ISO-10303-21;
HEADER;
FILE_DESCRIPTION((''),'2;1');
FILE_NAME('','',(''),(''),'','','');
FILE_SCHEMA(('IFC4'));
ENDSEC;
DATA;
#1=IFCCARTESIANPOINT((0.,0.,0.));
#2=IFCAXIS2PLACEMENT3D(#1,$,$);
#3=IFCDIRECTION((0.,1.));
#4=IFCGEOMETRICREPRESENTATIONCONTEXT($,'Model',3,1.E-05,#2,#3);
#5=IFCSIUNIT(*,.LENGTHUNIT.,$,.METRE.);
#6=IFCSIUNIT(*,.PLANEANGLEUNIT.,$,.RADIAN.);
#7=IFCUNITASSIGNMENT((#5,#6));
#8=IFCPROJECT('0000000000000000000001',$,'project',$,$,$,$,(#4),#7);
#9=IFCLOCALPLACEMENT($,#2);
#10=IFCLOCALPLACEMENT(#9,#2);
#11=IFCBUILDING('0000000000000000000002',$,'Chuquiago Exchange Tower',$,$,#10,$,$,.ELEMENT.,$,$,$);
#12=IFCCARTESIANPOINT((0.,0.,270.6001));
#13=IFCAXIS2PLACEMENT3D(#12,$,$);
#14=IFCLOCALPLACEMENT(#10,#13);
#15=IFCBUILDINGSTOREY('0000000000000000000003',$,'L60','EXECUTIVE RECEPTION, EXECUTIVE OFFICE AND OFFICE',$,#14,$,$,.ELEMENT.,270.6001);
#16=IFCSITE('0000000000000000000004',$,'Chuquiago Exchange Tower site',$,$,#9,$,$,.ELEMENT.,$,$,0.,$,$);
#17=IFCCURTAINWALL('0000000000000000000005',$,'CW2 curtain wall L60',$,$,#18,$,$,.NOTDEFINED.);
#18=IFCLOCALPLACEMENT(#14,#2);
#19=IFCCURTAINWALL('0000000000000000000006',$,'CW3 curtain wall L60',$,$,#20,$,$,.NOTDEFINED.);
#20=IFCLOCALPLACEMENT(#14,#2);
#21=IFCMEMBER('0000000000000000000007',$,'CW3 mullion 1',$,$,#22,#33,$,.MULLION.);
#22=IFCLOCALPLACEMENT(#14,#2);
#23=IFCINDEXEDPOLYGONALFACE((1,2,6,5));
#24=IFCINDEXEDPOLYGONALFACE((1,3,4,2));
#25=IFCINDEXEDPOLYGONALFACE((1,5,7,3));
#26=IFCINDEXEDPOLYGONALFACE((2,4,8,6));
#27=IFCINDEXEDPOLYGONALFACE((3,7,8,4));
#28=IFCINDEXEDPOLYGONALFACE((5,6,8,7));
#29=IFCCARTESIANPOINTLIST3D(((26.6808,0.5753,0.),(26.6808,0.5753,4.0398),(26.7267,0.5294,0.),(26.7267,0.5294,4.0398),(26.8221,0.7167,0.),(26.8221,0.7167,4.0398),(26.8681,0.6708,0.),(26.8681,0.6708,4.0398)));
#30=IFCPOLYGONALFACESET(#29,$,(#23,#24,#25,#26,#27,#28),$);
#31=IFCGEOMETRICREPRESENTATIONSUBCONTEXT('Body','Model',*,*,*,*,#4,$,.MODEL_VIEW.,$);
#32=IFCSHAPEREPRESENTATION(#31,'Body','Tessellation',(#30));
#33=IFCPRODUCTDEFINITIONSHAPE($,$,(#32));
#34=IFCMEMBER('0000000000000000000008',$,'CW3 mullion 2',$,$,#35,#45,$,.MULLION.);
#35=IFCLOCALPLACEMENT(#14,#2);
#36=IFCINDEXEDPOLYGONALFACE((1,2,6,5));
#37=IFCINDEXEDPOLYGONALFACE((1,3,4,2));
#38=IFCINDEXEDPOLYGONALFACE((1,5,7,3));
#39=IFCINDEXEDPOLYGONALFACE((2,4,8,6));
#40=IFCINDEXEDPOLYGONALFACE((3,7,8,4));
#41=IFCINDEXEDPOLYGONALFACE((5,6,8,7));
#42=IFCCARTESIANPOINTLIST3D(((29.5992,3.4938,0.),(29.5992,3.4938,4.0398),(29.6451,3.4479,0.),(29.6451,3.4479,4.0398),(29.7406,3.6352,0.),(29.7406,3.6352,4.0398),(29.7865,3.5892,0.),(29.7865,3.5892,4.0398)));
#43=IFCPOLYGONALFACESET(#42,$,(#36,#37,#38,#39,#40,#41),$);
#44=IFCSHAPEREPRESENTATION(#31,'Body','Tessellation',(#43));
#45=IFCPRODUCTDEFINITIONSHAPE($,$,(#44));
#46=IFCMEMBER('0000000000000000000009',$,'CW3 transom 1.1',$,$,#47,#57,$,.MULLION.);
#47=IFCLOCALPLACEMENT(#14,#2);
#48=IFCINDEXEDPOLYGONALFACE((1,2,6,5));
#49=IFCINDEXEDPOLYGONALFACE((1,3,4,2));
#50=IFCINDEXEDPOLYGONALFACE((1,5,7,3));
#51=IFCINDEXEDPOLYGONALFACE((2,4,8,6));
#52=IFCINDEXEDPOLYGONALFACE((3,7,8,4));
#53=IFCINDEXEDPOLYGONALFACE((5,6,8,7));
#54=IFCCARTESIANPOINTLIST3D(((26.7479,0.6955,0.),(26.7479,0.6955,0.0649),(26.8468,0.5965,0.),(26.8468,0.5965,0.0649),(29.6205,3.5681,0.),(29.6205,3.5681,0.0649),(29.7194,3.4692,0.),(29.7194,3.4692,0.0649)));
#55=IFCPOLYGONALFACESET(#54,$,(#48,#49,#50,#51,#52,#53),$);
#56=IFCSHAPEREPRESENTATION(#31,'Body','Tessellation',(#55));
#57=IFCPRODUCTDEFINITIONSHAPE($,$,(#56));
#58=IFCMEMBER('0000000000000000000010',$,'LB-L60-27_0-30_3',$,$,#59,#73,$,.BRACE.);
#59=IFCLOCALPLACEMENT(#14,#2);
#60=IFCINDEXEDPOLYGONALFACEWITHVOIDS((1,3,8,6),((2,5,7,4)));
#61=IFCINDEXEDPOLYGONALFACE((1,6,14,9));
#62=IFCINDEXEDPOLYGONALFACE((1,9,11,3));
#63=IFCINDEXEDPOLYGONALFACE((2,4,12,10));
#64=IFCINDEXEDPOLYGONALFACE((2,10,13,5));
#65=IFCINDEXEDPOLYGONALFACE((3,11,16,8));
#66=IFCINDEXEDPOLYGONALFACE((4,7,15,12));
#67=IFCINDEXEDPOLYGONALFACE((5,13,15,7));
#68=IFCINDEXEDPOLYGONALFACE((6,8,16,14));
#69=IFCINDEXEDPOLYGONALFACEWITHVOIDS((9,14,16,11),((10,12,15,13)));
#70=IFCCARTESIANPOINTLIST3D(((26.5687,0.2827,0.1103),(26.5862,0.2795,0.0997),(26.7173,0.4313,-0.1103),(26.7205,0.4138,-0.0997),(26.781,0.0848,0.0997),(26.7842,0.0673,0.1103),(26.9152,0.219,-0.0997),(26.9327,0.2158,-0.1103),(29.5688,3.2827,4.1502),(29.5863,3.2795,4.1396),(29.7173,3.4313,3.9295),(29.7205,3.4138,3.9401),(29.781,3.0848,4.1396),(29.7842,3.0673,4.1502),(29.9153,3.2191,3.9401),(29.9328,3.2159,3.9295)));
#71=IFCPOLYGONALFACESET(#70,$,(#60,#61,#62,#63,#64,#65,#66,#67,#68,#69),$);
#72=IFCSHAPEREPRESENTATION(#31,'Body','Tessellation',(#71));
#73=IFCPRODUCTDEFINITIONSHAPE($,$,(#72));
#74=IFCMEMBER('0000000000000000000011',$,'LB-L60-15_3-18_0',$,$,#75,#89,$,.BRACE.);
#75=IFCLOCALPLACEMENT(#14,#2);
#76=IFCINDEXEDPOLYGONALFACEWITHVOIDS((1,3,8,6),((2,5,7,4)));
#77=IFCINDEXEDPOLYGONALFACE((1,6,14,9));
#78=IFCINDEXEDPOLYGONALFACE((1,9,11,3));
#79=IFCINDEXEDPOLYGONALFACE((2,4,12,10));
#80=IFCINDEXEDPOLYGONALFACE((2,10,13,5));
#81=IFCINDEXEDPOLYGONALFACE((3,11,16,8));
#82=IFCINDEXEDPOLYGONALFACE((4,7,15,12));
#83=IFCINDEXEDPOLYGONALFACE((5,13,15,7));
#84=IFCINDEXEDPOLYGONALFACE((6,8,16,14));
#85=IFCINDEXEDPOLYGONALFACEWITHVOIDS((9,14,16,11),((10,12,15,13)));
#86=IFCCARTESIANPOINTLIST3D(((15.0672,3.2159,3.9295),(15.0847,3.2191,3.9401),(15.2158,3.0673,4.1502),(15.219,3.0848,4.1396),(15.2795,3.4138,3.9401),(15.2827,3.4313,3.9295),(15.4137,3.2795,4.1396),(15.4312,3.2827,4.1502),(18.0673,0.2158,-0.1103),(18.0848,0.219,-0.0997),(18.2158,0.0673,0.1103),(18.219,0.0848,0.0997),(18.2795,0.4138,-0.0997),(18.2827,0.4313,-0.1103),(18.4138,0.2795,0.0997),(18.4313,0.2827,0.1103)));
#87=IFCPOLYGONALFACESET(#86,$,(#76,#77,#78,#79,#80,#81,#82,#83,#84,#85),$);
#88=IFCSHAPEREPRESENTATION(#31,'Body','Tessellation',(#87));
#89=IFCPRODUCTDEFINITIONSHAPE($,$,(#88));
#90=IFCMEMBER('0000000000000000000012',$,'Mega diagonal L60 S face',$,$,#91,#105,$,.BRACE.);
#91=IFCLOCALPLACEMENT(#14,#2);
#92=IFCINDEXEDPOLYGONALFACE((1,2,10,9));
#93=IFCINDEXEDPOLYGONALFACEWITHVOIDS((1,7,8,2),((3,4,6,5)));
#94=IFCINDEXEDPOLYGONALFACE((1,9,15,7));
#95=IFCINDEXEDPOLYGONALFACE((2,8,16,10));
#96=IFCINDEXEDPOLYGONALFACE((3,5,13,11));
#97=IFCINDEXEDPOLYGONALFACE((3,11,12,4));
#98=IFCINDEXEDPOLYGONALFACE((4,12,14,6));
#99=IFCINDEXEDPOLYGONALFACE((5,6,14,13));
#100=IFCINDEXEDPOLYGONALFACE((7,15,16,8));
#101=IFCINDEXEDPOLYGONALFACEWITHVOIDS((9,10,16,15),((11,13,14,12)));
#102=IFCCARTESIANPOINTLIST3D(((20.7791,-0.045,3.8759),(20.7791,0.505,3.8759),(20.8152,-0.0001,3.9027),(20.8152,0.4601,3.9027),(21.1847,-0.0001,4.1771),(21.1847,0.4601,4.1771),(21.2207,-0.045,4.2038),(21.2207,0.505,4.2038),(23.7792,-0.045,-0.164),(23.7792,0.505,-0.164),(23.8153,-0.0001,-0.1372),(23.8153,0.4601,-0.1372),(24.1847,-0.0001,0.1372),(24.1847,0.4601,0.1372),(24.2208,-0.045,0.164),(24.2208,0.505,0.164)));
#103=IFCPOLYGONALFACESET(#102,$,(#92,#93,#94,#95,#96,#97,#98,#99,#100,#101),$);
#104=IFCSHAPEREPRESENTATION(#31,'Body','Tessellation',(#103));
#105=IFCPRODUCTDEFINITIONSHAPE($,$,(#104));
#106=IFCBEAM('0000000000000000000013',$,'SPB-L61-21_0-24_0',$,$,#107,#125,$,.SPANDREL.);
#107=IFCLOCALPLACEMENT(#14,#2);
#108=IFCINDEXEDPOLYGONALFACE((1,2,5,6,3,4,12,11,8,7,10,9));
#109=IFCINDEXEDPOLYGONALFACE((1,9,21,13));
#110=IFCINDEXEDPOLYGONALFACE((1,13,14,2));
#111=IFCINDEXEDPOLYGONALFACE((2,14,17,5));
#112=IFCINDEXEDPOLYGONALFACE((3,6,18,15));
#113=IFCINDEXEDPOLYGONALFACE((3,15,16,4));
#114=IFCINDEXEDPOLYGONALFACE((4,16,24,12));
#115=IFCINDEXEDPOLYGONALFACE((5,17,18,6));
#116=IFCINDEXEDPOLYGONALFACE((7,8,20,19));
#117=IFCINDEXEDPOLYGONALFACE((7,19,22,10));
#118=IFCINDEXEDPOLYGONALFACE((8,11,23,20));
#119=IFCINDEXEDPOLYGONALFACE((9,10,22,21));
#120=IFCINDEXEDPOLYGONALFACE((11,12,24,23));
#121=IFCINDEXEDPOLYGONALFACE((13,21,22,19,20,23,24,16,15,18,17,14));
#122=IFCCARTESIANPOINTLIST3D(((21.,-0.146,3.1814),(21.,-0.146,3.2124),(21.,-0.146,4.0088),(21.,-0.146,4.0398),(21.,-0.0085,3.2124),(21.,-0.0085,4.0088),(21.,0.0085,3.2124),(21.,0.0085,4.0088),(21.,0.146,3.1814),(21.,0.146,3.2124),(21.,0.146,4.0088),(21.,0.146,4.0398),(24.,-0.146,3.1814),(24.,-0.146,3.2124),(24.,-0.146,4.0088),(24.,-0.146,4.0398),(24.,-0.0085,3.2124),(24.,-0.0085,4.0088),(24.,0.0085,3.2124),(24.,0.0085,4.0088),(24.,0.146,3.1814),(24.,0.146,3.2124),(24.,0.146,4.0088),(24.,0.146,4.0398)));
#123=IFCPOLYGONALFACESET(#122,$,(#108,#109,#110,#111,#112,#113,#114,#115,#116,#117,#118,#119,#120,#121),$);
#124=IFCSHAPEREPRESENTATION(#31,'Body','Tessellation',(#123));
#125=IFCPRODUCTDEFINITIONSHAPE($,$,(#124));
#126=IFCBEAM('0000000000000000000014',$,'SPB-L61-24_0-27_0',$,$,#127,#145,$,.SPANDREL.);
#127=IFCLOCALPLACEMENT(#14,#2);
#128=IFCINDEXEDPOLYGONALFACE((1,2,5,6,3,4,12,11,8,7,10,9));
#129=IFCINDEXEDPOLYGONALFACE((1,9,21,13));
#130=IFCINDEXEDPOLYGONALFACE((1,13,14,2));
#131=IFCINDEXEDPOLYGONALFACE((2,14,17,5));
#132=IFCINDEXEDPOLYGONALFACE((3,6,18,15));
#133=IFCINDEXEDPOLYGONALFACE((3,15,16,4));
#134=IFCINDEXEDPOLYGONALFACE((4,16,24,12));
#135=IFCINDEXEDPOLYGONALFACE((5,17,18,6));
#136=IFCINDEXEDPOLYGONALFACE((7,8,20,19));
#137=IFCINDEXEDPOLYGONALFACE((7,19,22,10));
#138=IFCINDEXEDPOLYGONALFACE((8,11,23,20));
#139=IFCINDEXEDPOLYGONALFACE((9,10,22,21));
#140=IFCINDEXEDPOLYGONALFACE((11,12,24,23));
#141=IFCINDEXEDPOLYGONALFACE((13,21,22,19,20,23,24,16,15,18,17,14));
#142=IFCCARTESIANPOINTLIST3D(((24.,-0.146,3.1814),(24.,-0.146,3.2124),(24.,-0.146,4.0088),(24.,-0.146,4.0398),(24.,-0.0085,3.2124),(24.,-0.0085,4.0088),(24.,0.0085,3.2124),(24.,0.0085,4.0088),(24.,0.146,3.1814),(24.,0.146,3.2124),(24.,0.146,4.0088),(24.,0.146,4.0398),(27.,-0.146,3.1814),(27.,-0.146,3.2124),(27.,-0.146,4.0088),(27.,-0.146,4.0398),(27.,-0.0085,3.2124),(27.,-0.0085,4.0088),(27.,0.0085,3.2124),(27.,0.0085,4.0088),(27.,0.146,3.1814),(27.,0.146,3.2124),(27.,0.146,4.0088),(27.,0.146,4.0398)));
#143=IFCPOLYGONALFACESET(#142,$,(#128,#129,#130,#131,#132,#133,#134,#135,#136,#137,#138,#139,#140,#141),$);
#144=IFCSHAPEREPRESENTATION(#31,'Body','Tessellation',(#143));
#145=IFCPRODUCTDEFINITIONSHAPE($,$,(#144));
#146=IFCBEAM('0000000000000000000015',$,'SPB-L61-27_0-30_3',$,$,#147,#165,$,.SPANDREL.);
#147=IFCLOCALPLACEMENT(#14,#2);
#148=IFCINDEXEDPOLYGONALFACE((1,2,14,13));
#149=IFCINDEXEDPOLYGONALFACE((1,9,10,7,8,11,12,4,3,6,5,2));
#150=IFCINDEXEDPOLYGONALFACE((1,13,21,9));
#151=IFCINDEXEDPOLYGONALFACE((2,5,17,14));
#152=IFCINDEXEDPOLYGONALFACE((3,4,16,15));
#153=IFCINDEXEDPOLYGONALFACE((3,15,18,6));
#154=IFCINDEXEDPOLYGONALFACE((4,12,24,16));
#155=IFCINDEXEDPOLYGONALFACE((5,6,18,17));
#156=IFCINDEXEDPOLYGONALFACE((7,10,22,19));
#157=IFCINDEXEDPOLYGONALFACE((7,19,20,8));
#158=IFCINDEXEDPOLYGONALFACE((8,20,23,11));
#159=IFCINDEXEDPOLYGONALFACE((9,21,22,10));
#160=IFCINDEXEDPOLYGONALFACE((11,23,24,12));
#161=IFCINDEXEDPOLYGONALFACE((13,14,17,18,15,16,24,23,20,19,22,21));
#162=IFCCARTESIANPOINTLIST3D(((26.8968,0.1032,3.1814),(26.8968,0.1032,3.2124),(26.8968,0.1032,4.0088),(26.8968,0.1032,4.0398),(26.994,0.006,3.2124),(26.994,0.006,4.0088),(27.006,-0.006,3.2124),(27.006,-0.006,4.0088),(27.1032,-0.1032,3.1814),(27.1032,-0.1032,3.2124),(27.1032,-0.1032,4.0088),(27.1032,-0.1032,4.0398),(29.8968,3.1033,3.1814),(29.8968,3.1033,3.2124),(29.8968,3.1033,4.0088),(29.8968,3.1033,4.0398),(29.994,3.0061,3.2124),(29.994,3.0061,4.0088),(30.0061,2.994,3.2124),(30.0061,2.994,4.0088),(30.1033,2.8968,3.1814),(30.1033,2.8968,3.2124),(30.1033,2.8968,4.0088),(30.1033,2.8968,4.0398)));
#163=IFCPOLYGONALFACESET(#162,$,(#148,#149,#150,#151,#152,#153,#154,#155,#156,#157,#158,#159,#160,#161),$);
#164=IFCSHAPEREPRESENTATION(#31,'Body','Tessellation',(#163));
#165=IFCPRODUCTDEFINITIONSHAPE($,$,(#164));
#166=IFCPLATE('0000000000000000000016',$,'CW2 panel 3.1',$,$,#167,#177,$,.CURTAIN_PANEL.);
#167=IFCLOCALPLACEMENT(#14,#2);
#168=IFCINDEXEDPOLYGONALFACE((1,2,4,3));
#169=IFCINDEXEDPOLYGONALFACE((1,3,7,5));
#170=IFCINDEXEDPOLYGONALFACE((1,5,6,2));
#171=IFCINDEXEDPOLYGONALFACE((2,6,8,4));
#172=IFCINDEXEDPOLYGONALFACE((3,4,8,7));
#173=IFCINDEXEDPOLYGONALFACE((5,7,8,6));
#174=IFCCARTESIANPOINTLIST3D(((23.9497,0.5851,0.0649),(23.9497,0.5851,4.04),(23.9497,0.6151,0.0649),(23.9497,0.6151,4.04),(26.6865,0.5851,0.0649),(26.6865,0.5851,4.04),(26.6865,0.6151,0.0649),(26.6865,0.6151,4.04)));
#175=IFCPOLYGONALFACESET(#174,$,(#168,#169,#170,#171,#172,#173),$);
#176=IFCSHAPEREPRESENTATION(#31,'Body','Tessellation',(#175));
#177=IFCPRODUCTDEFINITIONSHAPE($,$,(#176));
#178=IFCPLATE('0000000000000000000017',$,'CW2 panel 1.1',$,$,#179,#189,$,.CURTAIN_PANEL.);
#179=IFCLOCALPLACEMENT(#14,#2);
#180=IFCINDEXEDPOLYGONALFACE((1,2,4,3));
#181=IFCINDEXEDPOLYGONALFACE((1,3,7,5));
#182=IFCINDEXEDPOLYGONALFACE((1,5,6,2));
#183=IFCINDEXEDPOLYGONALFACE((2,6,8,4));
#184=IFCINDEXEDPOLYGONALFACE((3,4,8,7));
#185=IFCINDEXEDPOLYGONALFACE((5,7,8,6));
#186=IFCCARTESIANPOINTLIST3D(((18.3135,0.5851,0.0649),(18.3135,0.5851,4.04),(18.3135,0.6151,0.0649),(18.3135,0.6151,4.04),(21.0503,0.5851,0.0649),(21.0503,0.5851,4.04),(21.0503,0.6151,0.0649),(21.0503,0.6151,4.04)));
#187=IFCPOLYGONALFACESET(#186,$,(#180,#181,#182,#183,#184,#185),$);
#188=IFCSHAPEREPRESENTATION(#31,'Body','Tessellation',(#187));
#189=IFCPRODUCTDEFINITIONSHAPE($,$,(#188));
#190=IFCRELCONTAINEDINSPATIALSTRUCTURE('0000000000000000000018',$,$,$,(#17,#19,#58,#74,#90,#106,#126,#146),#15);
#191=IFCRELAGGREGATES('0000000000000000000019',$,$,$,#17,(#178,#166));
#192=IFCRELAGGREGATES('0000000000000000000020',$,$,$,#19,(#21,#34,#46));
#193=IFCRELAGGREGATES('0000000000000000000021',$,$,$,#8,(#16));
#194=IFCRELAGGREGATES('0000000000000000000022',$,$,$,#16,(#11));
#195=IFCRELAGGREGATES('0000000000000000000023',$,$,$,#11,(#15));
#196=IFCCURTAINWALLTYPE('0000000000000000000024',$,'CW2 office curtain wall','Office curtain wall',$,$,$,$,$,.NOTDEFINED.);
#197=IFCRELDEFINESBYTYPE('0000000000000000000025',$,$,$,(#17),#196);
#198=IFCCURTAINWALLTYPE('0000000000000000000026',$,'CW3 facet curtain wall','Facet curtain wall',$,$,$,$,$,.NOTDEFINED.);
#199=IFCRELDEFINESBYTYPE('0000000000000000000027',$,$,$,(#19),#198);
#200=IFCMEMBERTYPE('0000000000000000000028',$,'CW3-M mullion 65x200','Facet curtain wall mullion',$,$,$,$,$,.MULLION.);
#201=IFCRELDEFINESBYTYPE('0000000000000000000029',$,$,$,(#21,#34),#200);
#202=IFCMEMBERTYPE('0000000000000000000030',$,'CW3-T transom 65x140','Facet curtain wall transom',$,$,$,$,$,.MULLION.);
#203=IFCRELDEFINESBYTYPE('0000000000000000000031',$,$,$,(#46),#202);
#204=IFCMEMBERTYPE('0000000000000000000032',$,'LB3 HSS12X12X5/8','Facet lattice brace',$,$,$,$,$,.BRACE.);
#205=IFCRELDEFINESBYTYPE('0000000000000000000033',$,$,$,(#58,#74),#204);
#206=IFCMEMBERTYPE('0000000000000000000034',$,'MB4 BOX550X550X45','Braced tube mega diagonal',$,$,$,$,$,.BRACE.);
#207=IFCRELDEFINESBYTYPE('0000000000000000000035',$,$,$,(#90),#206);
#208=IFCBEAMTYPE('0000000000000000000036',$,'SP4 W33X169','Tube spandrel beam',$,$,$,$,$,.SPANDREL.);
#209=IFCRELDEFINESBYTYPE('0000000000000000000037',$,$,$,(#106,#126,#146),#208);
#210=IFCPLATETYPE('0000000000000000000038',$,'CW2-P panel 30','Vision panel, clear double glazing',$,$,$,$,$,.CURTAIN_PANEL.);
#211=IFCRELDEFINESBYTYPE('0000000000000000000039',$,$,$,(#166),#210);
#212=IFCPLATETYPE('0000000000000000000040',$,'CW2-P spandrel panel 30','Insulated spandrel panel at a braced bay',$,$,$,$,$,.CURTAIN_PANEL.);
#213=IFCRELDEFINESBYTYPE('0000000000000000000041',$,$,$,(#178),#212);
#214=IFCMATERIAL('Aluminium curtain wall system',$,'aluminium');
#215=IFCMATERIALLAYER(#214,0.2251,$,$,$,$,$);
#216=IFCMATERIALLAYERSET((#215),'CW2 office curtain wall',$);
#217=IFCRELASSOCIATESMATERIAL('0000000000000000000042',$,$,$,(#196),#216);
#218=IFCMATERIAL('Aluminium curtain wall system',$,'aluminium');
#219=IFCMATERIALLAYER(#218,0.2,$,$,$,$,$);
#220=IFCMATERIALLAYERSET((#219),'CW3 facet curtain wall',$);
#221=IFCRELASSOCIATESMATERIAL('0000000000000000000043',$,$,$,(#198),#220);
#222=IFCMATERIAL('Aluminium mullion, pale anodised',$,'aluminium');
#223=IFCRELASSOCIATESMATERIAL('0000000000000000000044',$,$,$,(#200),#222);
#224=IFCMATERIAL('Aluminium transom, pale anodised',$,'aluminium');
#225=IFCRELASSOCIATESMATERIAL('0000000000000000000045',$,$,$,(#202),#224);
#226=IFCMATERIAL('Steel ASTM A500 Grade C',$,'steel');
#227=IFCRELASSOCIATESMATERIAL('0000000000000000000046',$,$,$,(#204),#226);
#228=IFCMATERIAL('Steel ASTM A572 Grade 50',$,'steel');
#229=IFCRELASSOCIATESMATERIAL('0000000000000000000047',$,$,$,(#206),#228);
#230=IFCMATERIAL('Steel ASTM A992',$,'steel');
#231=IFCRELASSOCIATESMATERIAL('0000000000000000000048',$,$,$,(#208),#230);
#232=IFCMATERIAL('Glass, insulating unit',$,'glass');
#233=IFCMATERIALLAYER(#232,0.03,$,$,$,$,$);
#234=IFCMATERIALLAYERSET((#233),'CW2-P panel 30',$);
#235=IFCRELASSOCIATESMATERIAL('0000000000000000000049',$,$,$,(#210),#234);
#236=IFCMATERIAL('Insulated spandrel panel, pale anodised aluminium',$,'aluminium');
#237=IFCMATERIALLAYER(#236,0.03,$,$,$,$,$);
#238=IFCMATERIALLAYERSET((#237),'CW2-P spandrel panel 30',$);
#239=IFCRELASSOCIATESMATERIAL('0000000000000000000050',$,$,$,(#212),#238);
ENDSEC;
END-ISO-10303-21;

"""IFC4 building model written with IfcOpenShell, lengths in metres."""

from ifc_helpers import new_model, si_unit, direction, frame, origin, origin_2d, place, context, subcontext, project, spatial, rectangle, hollow_rectangle, i_section, extrude, material, layer, layer_set, material_profile, profile_set, type_object, element, aggregate, save


model = new_model("IFC4")

# Units and contexts
model_context = context("Model", 3, precision=1e-05, world=origin(), true_north=direction((0.0, 1.0)))
body_context = subcontext(model_context, "Body", "Model", "MODEL_VIEW")
ifc_project = project(units=[si_unit("LENGTHUNIT", "METRE"), si_unit("PLANEANGLEUNIT", "RADIAN")], contexts=[model_context])

# Site, building, storey
site_placement = place(None, origin())
site = spatial("IfcSite", under=ifc_project, at=site_placement, Name="Chuquiago Exchange Tower site", CompositionType="ELEMENT", RefElevation=0.0)
building_placement = place(site_placement, origin())
building = spatial("IfcBuilding", under=site, at=building_placement, Name="Chuquiago Exchange Tower", CompositionType="ELEMENT")
storey_placement = place(building_placement, frame((0.0, 0.0, 270.6001)))
storey = spatial("IfcBuildingStorey", under=building, at=storey_placement, Name="L60", Description="EXECUTIVE RECEPTION, EXECUTIVE OFFICE AND OFFICE", CompositionType="ELEMENT", Elevation=270.6001)

# Curtain walls, members
ifc_material_1 = material(Name="Aluminium curtain wall system", Category="aluminium")
ifc_layer_1 = layer(ifc_material_1, 0.2251)
ifc_layer_set_1 = layer_set([ifc_layer_1], Name="CW2 office curtain wall")
curtain_wall_type_1 = type_object("IfcCurtainWallType", Name="CW2 office curtain wall", Description="Office curtain wall", PredefinedType="NOTDEFINED", material=ifc_layer_set_1)
curtain_wall_1_placement = place(storey_placement, origin())
curtain_wall_1 = element("IfcCurtainWall", 1, at=curtain_wall_1_placement, inside=storey, type_object=curtain_wall_type_1, Name="CW2 curtain wall L60", PredefinedType="NOTDEFINED")
ifc_material_2 = material(Name="Aluminium curtain wall system", Category="aluminium")
ifc_layer_2 = layer(ifc_material_2, 0.2)
ifc_layer_set_2 = layer_set([ifc_layer_2], Name="CW3 facet curtain wall")
curtain_wall_type_2 = type_object("IfcCurtainWallType", Name="CW3 facet curtain wall", Description="Facet curtain wall", PredefinedType="NOTDEFINED", material=ifc_layer_set_2)
curtain_wall_2_placement = place(storey_placement, origin())
curtain_wall_2 = element("IfcCurtainWall", 2, at=curtain_wall_2_placement, inside=storey, type_object=curtain_wall_type_2, Name="CW3 curtain wall L60", PredefinedType="NOTDEFINED")
ifc_material_3 = material(Name="Aluminium mullion, pale anodised", Category="aluminium")
ifc_material_profile_1 = material_profile(ifc_material_3, rectangle(XDim=0.0649, YDim=0.2, at=origin_2d()), Name="AL 65x200")
ifc_profile_set_1 = profile_set([ifc_material_profile_1], Name="Aluminium mullion, pale anodised")
member_type_1 = type_object("IfcMemberType", Name="CW3-M mullion 65x200", Description="Facet curtain wall mullion", PredefinedType="MULLION", material=ifc_profile_set_1)
member_1_placement = place(storey_placement, frame((26.7744, 0.623, 0.0), z_axis=(0.0, 0.0, 1.0), x_axis=(-0.707107, 0.707107, 0.0)))
member_1 = element("IfcMember", 3, at=member_1_placement, type_object=member_type_1, Name="CW3 mullion 1", PredefinedType="MULLION", context=body_context, shape_type="SweptSolid", body=[
    extrude(rectangle(XDim=0.0649, YDim=0.2, at=origin_2d()), origin(), (0.0, 0.0, 1.0), 4.0398),
])
member_2_placement = place(storey_placement, frame((29.6929, 3.5415, 0.0), z_axis=(0.0, 0.0, 1.0), x_axis=(-0.707107, 0.707107, 0.0)))
member_2 = element("IfcMember", 4, at=member_2_placement, type_object=member_type_1, Name="CW3 mullion 2", PredefinedType="MULLION", context=body_context, shape_type="SweptSolid", body=[
    extrude(rectangle(XDim=0.0649, YDim=0.2, at=origin_2d()), origin(), (0.0, 0.0, 1.0), 4.0398),
])
ifc_material_4 = material(Name="Aluminium transom, pale anodised", Category="aluminium")
ifc_material_profile_2 = material_profile(ifc_material_4, rectangle(XDim=0.1399, YDim=0.0649, at=origin_2d()), Name="AL 140x65")
ifc_profile_set_2 = profile_set([ifc_material_profile_2], Name="Aluminium transom, pale anodised")
member_type_2 = type_object("IfcMemberType", Name="CW3-T transom 65x140", Description="Facet curtain wall transom", PredefinedType="MULLION", material=ifc_profile_set_2)
member_3_placement = place(storey_placement, frame((26.7974, 0.646, 0.0325), z_axis=(0.707107, 0.707107, 0.0), x_axis=(-0.707107, 0.707107, 0.0)))
member_3 = element("IfcMember", 5, at=member_3_placement, type_object=member_type_2, Name="CW3 transom 1.1", PredefinedType="MULLION", context=body_context, shape_type="SweptSolid", body=[
    extrude(rectangle(XDim=0.1399, YDim=0.0649, at=origin_2d()), origin(), (0.0, 0.0, 1.0), 4.0625),
])

# Members
ifc_material_5 = material(Name="Steel ASTM A500 Grade C", Category="steel")
ifc_material_profile_3 = material_profile(ifc_material_5, hollow_rectangle(XDim=0.3047, YDim=0.3047, WallThickness=0.0146, at=origin_2d()), Name="HSS12X12X5/8")
ifc_profile_set_3 = profile_set([ifc_material_profile_3], Name="Steel ASTM A500 Grade C")
member_type_3 = type_object("IfcMemberType", Name="LB3 HSS12X12X5/8", Description="Facet lattice brace", PredefinedType="BRACE", material=ifc_profile_set_3)
for number, where, z_axis, x_axis, name in (
    (6, (26.7507, 0.2493, 0.0), (0.512092, 0.512092, 0.689582), (-0.707107, 0.707107, 0.0), "LB-L60-27_0-30_3"),
    (7, (18.2493, 0.2493, 0.0), (-0.512092, 0.512092, 0.689582), (-0.707107, -0.707107, 0.0), "LB-L60-15_3-18_0"),
):
    element("IfcMember", number, at=place(storey_placement, frame(where, z_axis=z_axis, x_axis=x_axis)), inside=storey, type_object=member_type_3, Name=name, PredefinedType="BRACE", context=body_context, shape_type="SweptSolid", body=[
        extrude(hollow_rectangle(XDim=0.3047, YDim=0.3047, WallThickness=0.0146, at=origin_2d()), origin(), (0.0, 0.0, 1.0), 5.8584),
    ])
ifc_material_6 = material(Name="Steel ASTM A572 Grade 50", Category="steel")
ifc_material_profile_4 = material_profile(ifc_material_6, hollow_rectangle(XDim=0.55, YDim=0.55, WallThickness=0.0449, at=origin_2d()), Name="BOX550X550X45")
ifc_profile_set_4 = profile_set([ifc_material_profile_4], Name="Steel ASTM A572 Grade 50")
member_type_4 = type_object("IfcMemberType", Name="MB4 BOX550X550X45", Description="Braced tube mega diagonal", PredefinedType="BRACE", material=ifc_profile_set_4)
member_4_placement = place(storey_placement, frame((24.0, 0.23, 0.0), z_axis=(-0.596197, 0.0, 0.802838), x_axis=(0.0, -1.0, 0.0)))
element("IfcMember", 8, at=member_4_placement, inside=storey, type_object=member_type_4, Name="Mega diagonal L60 S face", PredefinedType="BRACE", context=body_context, shape_type="SweptSolid", body=[
    extrude(hollow_rectangle(XDim=0.55, YDim=0.55, WallThickness=0.0449, at=origin_2d()), origin(), (0.0, 0.0, 1.0), 5.032),
])

# Beams
ifc_material_7 = material(Name="Steel ASTM A992", Category="steel")
ifc_material_profile_5 = material_profile(ifc_material_7, i_section(OverallWidth=0.292, OverallDepth=0.8584, WebThickness=0.0171, FlangeThickness=0.031, at=origin_2d()), Name="W33X169")
ifc_profile_set_5 = profile_set([ifc_material_profile_5], Name="Steel ASTM A992")
beam_type = type_object("IfcBeamType", Name="SP4 W33X169", Description="Tube spandrel beam", PredefinedType="SPANDREL", material=ifc_profile_set_5)
for number, where, z_axis, x_axis, name in (
    (9, (21.0, 0.0, 3.6106), (1.0, 0.0, 0.0), (0.0, 1.0, 0.0), "SPB-L61-21_0-24_0"),
    (10, (24.0, 0.0, 3.6106), (1.0, 0.0, 0.0), (0.0, 1.0, 0.0), "SPB-L61-24_0-27_0"),
):
    element("IfcBeam", number, at=place(storey_placement, frame(where, z_axis=z_axis, x_axis=x_axis)), inside=storey, type_object=beam_type, Name=name, PredefinedType="SPANDREL", context=body_context, shape_type="SweptSolid", body=[
        extrude(i_section(OverallWidth=0.292, OverallDepth=0.8584, WebThickness=0.0171, FlangeThickness=0.031, at=origin_2d()), origin(), (0.0, 0.0, 1.0), 3.0),
    ])
beam_placement = place(storey_placement, frame((27.0, 0.0, 3.6106), z_axis=(0.707107, 0.707107, 0.0), x_axis=(-0.707107, 0.707107, 0.0)))
element("IfcBeam", 11, at=beam_placement, inside=storey, type_object=beam_type, Name="SPB-L61-27_0-30_3", PredefinedType="SPANDREL", context=body_context, shape_type="SweptSolid", body=[
    extrude(i_section(OverallWidth=0.292, OverallDepth=0.8584, WebThickness=0.0171, FlangeThickness=0.031, at=origin_2d()), origin(), (0.0, 0.0, 1.0), 4.2427),
])

# Plates
ifc_material_8 = material(Name="Glass, insulating unit", Category="glass")
ifc_layer_3 = layer(ifc_material_8, 0.03)
ifc_layer_set_3 = layer_set([ifc_layer_3], Name="CW2-P panel 30")
plate_type_1 = type_object("IfcPlateType", Name="CW2-P panel 30", Description="Vision panel, clear double glazing", PredefinedType="CURTAIN_PANEL", material=ifc_layer_set_3)
plate_1_placement = place(storey_placement, frame((25.3181, 0.6001, 0.0649), z_axis=(0.0, 0.0, 1.0), x_axis=(1.0, 0.0, 0.0)))
plate_1 = element("IfcPlate", 12, at=plate_1_placement, type_object=plate_type_1, Name="CW2 panel 3.1", PredefinedType="CURTAIN_PANEL", context=body_context, shape_type="SweptSolid", body=[
    extrude(rectangle(XDim=2.7368, YDim=0.03, at=origin_2d()), origin(), (0.0, 0.0, 1.0), 3.9751),
])
ifc_material_9 = material(Name="Insulated spandrel panel, pale anodised aluminium", Category="aluminium")
ifc_layer_4 = layer(ifc_material_9, 0.03)
ifc_layer_set_4 = layer_set([ifc_layer_4], Name="CW2-P spandrel panel 30")
plate_type_2 = type_object("IfcPlateType", Name="CW2-P spandrel panel 30", Description="Insulated spandrel panel at a braced bay", PredefinedType="CURTAIN_PANEL", material=ifc_layer_set_4)
plate_2_placement = place(storey_placement, frame((19.6819, 0.6001, 0.0649), z_axis=(0.0, 0.0, 1.0), x_axis=(1.0, 0.0, 0.0)))
plate_2 = element("IfcPlate", 13, at=plate_2_placement, type_object=plate_type_2, Name="CW2 panel 1.1", PredefinedType="CURTAIN_PANEL", context=body_context, shape_type="SweptSolid", body=[
    extrude(rectangle(XDim=2.7368, YDim=0.03, at=origin_2d()), origin(), (0.0, 0.0, 1.0), 3.9751),
])
aggregate(curtain_wall_1, [plate_2, plate_1])
aggregate(curtain_wall_2, [member_1, member_2, member_3])

save(model, "model.ifc")
